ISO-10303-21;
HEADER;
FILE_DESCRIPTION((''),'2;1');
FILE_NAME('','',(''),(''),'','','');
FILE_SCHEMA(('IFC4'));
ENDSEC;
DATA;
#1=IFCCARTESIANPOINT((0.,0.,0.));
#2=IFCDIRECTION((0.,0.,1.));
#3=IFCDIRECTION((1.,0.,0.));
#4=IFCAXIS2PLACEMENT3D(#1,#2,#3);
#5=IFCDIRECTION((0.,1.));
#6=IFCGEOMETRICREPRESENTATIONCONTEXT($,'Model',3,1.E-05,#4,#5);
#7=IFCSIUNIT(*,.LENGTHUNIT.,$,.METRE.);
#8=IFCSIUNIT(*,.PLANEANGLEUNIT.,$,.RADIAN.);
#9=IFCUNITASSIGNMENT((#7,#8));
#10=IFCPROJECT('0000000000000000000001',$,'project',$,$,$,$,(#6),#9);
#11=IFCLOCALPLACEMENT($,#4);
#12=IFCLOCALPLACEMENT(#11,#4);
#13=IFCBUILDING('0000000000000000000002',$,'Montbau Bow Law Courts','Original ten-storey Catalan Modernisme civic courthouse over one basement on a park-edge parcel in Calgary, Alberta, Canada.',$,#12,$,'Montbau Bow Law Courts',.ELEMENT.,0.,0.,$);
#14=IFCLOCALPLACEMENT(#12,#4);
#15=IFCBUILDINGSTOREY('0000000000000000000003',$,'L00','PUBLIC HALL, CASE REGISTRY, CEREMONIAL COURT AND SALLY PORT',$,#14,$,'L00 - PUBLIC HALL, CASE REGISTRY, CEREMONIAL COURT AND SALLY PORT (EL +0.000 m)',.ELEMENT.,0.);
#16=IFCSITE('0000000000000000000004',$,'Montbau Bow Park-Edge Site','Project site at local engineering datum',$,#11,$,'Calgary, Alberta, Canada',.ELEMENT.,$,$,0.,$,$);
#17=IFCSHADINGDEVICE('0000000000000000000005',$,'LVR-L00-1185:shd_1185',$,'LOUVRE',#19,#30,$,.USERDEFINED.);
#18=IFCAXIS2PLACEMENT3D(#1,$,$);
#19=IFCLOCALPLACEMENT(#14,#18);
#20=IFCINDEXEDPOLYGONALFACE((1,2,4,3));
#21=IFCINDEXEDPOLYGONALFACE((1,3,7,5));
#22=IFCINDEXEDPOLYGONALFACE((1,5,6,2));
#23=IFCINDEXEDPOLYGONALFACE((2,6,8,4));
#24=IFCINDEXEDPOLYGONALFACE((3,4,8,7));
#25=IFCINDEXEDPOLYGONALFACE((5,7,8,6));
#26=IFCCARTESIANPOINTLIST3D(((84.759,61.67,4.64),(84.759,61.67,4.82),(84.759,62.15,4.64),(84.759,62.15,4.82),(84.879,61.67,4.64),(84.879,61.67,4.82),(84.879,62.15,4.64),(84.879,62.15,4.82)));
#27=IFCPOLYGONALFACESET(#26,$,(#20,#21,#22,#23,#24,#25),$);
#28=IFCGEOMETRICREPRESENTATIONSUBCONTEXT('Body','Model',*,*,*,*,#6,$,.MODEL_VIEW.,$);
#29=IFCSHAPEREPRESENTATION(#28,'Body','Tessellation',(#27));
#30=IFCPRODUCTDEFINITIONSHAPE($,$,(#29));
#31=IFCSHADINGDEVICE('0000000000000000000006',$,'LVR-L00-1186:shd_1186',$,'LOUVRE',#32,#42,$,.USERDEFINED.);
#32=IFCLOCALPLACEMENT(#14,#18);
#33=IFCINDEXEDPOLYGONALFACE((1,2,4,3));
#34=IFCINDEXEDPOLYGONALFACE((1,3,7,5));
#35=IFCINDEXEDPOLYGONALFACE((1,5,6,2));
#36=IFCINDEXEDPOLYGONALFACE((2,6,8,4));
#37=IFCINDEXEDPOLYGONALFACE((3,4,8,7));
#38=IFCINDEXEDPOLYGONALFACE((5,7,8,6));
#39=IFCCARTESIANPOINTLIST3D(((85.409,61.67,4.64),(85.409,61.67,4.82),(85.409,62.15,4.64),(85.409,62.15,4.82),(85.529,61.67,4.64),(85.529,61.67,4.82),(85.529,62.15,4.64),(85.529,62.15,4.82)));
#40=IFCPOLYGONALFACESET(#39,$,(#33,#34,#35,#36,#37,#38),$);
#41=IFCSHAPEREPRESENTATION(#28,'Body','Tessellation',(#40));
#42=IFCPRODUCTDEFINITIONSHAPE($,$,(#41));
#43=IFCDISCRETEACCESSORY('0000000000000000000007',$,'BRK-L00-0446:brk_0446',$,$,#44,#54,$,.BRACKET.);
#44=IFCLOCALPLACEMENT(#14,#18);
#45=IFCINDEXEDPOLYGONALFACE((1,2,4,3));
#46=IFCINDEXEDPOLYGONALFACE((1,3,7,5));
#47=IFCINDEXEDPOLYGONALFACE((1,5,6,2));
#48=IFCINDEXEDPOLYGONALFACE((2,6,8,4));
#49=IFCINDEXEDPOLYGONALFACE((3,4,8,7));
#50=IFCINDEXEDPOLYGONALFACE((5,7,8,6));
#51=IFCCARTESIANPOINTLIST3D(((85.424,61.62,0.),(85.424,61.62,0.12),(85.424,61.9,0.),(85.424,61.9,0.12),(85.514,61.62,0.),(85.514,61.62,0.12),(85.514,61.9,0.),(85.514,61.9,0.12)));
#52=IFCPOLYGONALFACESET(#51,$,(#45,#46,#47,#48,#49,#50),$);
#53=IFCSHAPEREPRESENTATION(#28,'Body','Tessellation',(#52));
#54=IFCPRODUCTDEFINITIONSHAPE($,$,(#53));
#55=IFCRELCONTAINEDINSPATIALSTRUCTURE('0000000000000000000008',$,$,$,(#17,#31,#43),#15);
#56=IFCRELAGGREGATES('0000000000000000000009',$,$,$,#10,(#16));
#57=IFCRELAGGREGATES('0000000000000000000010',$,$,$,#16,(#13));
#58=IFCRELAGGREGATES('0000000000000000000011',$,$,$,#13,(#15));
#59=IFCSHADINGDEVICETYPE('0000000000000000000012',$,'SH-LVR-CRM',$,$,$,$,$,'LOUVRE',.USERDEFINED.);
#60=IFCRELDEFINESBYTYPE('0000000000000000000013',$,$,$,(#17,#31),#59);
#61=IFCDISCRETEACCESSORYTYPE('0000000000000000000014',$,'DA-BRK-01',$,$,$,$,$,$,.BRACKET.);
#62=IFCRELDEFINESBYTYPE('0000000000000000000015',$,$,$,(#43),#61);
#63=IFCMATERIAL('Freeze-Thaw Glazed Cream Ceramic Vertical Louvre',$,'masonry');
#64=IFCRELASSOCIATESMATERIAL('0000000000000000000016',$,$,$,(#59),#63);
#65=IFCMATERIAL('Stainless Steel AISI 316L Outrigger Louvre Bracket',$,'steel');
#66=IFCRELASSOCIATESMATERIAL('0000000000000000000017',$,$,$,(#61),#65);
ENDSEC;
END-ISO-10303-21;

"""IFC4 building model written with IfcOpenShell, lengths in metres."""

from ifc_helpers import new_model, si_unit, direction, frame, origin_with_axes, origin_2d_with_axis, place, context, subcontext, project, spatial, rectangle, extrude, material, type_object, element, save


model = new_model("IFC4")

# Units and contexts
model_context = context("Model", 3, precision=1e-05, world=origin_with_axes(), true_north=direction((0.0, 1.0)))
body_context = subcontext(model_context, "Body", "Model", "MODEL_VIEW")
ifc_project = project(units=[si_unit("LENGTHUNIT", "METRE"), si_unit("PLANEANGLEUNIT", "RADIAN")], contexts=[model_context])

# Site, building, storey
site_placement = place(None, origin_with_axes())
site = spatial("IfcSite", under=ifc_project, at=site_placement, Name="Montbau Bow Park-Edge Site", Description="Project site at local engineering datum", LongName="Calgary, Alberta, Canada", CompositionType="ELEMENT", RefElevation=0.0)
building_placement = place(site_placement, origin_with_axes())
building = spatial("IfcBuilding", under=site, at=building_placement, Name="Montbau Bow Law Courts", Description="Original ten-storey Catalan Modernisme civic courthouse over one basement on a park-edge parcel in Calgary, Alberta, Canada.", LongName="Montbau Bow Law Courts", CompositionType="ELEMENT", ElevationOfRefHeight=0.0, ElevationOfTerrain=0.0)
storey_placement = place(building_placement, origin_with_axes())
storey = spatial("IfcBuildingStorey", under=building, at=storey_placement, Name="L00", Description="PUBLIC HALL, CASE REGISTRY, CEREMONIAL COURT AND SALLY PORT", LongName="L00 - PUBLIC HALL, CASE REGISTRY, CEREMONIAL COURT AND SALLY PORT (EL +0.000 m)", CompositionType="ELEMENT", Elevation=0.0)

# Shading devices
ifc_material_1 = material(Name="Freeze-Thaw Glazed Cream Ceramic Vertical Louvre", Category="masonry")
shading_device_type = type_object("IfcShadingDeviceType", Name="SH-LVR-CRM", ElementType="LOUVRE", PredefinedType="USERDEFINED", material=ifc_material_1)
for number, where, z_axis, x_axis, name in (
    (1, (84.819, 61.91, 4.64), (0.0, 0.0, 1.0), (0.0, 1.0, 0.0), "LVR-L00-1185:shd_1185"),
    (2, (85.469, 61.91, 4.64), (0.0, 0.0, 1.0), (0.0, 1.0, 0.0), "LVR-L00-1186:shd_1186"),
):
    element("IfcShadingDevice", number, at=place(None, frame(where, z_axis=z_axis, x_axis=x_axis)), inside=storey, type_object=shading_device_type, Name=name, ObjectType="LOUVRE", PredefinedType="USERDEFINED", context=body_context, shape_type="SweptSolid", body=[
        extrude(rectangle(XDim=0.48, YDim=0.12, at=origin_2d_with_axis()), origin_with_axes(), (0.0, 0.0, 1.0), 0.18),
    ])

# Discrete accessory
ifc_material_2 = material(Name="Stainless Steel AISI 316L Outrigger Louvre Bracket", Category="steel")
discrete_accessory_type = type_object("IfcDiscreteAccessoryType", Name="DA-BRK-01", PredefinedType="BRACKET", material=ifc_material_2)
discrete_accessory_placement = place(None, frame((85.469, 61.76, 0.0), z_axis=(0.0, 0.0, 1.0), x_axis=(0.0, 1.0, 0.0)))
element("IfcDiscreteAccessory", 3, at=discrete_accessory_placement, inside=storey, type_object=discrete_accessory_type, Name="BRK-L00-0446:brk_0446", PredefinedType="BRACKET", context=body_context, shape_type="SweptSolid", body=[
    extrude(rectangle(XDim=0.28, YDim=0.09, at=origin_2d_with_axis()), origin_with_axes(), (0.0, 0.0, 1.0), 0.12),
])

save(model, "model.ifc")
